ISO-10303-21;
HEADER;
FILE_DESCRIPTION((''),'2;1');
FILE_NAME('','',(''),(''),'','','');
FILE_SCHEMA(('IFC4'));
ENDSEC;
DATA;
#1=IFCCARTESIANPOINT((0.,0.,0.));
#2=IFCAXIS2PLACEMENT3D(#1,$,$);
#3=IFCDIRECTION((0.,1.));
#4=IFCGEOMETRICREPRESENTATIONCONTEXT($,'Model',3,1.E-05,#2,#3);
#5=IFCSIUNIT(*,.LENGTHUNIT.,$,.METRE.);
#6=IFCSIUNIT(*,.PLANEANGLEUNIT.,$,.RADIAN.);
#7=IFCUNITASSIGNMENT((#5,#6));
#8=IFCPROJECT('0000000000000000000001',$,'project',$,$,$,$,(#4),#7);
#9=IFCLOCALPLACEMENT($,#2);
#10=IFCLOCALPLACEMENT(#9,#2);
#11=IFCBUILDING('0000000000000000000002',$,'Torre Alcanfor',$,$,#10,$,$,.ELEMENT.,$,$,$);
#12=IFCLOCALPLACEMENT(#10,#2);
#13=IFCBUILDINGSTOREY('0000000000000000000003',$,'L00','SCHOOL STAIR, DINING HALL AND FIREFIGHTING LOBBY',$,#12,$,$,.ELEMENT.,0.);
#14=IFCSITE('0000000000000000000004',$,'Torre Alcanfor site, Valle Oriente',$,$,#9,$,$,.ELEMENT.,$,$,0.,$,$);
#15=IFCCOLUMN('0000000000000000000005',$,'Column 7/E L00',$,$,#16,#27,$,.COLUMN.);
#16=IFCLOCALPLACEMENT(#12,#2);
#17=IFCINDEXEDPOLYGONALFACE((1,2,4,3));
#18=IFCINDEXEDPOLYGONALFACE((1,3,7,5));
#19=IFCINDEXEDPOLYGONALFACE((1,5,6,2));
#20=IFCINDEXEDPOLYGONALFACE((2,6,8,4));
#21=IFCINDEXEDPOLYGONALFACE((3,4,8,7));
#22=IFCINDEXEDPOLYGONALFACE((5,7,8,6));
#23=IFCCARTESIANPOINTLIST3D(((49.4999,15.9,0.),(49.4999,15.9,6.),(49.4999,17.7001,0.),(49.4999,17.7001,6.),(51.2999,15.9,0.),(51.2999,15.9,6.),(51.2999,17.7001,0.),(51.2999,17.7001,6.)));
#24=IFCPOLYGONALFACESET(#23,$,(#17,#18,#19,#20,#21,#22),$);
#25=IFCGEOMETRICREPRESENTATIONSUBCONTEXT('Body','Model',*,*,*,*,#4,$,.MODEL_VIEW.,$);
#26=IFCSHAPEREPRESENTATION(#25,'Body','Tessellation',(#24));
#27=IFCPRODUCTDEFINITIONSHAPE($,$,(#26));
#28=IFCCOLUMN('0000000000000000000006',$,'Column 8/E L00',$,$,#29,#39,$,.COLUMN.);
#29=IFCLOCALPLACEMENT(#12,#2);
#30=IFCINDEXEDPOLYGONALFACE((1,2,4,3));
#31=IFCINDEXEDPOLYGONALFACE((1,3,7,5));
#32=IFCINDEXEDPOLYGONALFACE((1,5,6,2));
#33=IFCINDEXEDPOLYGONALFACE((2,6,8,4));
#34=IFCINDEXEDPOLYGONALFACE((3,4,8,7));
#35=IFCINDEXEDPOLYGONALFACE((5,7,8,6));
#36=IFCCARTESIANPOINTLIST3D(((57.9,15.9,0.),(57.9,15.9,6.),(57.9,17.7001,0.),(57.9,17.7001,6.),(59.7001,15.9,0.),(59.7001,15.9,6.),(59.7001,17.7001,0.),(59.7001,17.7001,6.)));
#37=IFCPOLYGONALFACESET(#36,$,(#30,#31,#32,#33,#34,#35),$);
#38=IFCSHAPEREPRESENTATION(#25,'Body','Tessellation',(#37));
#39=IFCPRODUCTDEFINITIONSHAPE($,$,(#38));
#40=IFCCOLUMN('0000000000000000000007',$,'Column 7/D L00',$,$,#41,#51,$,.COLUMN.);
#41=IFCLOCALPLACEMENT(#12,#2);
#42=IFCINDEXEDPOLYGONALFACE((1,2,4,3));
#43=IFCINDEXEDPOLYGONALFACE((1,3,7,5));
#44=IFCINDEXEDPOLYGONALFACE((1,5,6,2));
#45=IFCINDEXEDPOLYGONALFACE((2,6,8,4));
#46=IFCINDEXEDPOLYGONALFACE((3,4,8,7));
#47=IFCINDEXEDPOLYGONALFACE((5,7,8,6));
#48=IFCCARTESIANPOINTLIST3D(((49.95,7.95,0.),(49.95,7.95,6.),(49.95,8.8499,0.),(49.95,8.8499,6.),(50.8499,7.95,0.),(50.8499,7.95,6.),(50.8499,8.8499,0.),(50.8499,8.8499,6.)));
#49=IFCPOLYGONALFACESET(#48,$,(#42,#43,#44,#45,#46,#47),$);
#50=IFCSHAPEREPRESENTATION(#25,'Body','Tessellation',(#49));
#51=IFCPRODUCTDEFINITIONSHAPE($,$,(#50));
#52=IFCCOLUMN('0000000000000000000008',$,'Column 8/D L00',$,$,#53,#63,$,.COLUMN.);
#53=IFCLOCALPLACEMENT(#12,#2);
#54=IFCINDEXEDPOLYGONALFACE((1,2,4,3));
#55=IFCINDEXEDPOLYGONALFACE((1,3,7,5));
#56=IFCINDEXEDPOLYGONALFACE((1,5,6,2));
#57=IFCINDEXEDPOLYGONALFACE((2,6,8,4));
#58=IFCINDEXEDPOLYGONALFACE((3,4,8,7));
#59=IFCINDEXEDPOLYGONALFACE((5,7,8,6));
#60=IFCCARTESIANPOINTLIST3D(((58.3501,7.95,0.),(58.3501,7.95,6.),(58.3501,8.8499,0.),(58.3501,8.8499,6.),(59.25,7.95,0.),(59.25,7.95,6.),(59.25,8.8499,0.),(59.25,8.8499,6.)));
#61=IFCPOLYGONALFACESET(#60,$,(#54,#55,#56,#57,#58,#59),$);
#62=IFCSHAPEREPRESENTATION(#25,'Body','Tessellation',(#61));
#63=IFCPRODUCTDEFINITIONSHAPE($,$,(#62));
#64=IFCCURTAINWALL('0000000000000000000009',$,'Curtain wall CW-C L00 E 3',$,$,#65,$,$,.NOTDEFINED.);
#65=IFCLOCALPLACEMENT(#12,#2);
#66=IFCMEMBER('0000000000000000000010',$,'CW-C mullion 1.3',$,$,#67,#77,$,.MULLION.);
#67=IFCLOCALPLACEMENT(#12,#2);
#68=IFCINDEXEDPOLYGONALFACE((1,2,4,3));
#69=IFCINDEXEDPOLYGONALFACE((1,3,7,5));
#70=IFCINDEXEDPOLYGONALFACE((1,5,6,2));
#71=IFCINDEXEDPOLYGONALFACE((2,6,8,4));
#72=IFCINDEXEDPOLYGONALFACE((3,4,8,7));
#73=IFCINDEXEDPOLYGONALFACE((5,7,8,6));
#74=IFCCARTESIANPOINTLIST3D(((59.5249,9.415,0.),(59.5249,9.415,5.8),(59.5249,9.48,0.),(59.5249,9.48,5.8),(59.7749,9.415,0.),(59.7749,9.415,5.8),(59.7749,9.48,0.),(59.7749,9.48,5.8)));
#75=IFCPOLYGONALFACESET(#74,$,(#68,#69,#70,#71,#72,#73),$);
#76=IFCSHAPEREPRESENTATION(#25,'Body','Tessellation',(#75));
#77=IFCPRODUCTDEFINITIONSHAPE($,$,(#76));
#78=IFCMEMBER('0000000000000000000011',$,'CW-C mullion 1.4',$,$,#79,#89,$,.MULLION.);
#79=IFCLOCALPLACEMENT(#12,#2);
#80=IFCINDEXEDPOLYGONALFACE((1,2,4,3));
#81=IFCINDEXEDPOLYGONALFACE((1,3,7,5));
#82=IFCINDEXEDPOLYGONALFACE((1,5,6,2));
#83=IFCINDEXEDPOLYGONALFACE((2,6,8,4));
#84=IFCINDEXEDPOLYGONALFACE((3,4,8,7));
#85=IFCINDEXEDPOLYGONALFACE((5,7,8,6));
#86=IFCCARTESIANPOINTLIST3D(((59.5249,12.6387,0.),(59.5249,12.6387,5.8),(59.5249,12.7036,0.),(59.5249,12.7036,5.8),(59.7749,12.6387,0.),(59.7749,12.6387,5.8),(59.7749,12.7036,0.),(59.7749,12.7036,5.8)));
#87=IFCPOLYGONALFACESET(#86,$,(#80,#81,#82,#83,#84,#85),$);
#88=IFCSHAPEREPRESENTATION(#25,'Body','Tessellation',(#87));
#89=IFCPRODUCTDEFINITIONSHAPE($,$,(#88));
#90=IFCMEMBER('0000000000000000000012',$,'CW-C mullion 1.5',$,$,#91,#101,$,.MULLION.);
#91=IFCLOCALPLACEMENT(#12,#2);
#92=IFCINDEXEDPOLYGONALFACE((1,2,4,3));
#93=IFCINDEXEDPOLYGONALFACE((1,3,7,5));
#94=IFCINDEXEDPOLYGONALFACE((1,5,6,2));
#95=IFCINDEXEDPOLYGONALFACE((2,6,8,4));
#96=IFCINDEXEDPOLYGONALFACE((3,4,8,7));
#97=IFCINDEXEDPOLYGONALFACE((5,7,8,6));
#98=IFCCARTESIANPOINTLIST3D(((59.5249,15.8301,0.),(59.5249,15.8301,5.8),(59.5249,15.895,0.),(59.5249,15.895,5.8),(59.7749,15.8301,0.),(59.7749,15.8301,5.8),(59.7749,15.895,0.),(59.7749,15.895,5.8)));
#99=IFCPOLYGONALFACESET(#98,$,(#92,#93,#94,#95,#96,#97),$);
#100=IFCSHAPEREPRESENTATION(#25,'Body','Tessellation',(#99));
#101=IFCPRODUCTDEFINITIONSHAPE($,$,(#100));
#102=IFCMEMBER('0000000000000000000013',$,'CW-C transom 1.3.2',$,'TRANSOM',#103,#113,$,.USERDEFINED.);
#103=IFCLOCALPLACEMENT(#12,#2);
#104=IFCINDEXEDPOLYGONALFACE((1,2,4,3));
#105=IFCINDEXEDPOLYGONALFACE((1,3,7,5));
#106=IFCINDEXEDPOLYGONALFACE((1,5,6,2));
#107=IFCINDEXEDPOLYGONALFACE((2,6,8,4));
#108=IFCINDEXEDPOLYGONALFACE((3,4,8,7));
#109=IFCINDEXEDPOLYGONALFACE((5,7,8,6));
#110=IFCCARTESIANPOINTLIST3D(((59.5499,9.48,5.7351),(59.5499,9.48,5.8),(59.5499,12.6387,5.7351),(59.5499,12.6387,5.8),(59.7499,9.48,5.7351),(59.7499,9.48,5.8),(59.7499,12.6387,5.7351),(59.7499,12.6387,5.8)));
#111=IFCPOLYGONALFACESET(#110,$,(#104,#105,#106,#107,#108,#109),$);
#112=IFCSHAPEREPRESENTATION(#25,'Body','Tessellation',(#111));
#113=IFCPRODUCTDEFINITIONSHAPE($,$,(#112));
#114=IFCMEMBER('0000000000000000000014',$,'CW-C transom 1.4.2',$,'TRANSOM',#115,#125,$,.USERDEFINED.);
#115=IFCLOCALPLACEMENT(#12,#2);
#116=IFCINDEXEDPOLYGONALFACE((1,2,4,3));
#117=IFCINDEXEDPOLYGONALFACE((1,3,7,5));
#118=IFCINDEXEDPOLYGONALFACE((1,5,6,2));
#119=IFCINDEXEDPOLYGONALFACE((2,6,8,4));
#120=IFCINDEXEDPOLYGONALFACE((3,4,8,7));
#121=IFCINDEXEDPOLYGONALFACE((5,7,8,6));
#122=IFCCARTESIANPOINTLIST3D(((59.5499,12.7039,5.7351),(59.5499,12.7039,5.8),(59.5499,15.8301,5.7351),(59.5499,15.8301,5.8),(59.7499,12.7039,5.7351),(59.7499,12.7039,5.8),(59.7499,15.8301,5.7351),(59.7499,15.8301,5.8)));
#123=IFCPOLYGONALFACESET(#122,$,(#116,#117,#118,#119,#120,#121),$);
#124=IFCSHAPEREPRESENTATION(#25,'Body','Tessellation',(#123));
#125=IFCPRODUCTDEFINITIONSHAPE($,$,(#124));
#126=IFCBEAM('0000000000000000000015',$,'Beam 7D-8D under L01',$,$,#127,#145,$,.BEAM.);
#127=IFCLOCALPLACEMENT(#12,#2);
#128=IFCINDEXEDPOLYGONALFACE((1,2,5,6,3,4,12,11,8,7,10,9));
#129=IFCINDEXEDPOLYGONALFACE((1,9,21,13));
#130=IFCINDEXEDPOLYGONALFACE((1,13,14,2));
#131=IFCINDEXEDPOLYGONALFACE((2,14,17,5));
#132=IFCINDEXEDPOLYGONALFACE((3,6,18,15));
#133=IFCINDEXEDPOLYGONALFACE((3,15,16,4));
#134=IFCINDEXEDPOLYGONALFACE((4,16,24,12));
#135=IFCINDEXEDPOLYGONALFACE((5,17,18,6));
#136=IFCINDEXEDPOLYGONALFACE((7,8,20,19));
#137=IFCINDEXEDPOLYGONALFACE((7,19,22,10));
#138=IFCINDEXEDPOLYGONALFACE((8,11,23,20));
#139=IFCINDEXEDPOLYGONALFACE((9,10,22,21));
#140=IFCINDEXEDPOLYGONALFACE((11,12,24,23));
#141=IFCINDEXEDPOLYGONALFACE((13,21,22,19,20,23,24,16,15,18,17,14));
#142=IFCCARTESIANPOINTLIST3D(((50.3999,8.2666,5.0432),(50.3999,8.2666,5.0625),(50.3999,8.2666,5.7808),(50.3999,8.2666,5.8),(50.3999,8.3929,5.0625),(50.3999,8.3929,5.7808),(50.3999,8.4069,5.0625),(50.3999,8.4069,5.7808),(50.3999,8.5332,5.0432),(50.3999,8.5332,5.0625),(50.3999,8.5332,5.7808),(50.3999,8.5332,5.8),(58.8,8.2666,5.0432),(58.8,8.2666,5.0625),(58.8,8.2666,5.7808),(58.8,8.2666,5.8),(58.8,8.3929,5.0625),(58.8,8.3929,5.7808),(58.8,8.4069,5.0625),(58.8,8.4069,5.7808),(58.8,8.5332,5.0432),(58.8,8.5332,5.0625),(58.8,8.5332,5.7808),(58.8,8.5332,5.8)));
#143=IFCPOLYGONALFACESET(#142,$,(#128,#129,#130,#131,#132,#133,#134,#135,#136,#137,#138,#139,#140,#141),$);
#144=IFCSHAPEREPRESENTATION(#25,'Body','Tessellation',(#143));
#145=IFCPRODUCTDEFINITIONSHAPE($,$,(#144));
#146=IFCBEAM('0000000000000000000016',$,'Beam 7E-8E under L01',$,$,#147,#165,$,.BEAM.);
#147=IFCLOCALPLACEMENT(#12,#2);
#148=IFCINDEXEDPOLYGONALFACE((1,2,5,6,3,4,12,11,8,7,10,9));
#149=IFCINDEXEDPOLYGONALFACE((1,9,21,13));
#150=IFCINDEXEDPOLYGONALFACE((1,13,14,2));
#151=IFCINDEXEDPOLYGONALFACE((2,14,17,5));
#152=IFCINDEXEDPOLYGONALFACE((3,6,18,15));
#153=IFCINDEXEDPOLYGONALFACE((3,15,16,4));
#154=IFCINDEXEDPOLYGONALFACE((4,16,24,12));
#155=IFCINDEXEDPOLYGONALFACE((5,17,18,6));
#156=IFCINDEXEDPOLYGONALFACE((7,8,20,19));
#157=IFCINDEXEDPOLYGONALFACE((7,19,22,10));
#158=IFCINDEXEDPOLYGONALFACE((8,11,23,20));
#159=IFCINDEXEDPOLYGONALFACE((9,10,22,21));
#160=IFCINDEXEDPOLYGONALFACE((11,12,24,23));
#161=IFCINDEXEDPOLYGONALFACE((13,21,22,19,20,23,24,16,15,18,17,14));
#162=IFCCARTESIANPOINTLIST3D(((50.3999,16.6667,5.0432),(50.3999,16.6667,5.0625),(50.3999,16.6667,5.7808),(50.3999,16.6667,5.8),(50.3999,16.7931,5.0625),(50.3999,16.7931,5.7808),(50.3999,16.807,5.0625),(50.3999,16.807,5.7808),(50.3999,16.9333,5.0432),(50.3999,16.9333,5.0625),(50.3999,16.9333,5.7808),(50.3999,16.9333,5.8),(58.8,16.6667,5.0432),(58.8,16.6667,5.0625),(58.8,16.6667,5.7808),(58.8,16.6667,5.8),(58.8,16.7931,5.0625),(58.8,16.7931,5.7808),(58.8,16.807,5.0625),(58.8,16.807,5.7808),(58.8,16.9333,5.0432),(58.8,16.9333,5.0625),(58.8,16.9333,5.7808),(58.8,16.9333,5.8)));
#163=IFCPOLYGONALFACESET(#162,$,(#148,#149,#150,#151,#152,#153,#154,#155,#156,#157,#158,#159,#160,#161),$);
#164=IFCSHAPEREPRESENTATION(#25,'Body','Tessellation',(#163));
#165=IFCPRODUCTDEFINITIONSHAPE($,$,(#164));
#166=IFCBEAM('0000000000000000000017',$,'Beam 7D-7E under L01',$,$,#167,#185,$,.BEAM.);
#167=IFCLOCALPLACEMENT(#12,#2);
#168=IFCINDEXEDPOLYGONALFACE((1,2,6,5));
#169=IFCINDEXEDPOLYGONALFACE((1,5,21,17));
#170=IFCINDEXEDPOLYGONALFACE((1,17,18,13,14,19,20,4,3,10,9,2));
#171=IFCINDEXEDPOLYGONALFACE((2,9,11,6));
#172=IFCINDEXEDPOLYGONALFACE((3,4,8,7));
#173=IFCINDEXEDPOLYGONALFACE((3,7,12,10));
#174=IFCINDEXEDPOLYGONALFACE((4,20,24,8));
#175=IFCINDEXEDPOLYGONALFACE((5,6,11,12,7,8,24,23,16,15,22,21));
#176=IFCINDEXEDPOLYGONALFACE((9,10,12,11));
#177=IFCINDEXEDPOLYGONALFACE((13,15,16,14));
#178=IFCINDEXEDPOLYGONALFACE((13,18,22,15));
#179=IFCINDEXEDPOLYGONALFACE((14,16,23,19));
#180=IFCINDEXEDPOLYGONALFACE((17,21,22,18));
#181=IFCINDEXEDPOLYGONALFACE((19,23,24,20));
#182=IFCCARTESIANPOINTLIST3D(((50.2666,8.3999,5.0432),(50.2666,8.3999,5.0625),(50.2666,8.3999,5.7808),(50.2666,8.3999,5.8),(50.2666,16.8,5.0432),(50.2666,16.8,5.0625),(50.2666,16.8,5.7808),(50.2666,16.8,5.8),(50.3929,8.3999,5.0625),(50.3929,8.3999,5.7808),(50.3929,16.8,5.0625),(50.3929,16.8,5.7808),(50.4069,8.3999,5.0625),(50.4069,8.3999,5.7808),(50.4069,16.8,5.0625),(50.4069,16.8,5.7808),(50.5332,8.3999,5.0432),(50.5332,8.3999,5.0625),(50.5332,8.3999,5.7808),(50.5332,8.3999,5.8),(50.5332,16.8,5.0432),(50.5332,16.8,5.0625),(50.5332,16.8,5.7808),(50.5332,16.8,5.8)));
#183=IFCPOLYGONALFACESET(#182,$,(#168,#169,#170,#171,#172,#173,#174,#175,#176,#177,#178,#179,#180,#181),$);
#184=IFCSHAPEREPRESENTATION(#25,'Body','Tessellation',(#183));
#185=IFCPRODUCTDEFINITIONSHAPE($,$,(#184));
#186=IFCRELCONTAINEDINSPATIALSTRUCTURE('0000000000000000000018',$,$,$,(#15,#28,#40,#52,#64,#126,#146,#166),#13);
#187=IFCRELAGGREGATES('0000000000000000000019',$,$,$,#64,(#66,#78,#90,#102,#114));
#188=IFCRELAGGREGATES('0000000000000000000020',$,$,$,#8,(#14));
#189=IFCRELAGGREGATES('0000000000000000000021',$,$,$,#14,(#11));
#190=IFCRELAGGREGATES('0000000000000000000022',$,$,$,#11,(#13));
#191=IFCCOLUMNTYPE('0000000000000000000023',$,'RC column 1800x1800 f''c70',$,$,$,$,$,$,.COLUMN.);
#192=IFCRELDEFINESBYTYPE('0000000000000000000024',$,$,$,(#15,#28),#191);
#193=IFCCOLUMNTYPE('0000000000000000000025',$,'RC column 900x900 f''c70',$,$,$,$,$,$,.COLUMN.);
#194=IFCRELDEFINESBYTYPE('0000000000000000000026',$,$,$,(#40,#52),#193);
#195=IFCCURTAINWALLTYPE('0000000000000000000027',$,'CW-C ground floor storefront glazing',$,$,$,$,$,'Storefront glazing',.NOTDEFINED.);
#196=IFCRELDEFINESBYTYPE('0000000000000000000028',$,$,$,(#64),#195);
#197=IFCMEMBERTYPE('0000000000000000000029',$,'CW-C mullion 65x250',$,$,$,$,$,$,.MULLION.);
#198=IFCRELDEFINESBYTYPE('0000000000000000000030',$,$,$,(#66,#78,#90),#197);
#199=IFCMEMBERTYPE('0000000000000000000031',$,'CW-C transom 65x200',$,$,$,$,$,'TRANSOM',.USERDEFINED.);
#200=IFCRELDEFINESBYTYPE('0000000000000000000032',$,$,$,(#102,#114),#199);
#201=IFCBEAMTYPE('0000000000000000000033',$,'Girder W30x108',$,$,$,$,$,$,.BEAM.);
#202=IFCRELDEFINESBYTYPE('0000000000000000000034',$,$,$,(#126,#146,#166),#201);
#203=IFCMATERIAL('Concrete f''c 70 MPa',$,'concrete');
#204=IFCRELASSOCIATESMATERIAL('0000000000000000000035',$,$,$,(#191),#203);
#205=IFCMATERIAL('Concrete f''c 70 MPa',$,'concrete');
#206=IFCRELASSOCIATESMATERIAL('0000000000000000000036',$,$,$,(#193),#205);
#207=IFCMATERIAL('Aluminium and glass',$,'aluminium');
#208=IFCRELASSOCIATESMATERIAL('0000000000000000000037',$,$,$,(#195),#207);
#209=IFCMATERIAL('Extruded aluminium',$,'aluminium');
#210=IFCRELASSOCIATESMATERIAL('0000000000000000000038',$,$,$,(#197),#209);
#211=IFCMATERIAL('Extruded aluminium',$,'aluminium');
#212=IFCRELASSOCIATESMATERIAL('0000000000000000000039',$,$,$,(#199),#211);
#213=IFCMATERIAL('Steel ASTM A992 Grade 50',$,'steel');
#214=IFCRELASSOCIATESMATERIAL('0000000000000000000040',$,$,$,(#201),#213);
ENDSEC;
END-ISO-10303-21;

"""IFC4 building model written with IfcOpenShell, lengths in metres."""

from ifc_helpers import new_model, si_unit, direction, frame, origin, origin_2d, place, context, subcontext, project, spatial, rectangle, i_section, extrude, material, material_profile, profile_set, type_object, element, aggregate, save


model = new_model("IFC4")

# Units and contexts
model_context = context("Model", 3, precision=1e-05, world=origin(), true_north=direction((0.0, 1.0)))
body_context = subcontext(model_context, "Body", "Model", "MODEL_VIEW")
ifc_project = project(units=[si_unit("LENGTHUNIT", "METRE"), si_unit("PLANEANGLEUNIT", "RADIAN")], contexts=[model_context])

# Site, building, storey
site_placement = place(None, origin())
site = spatial("IfcSite", under=ifc_project, at=site_placement, Name="Torre Alcanfor site, Valle Oriente", CompositionType="ELEMENT", RefElevation=0.0)
building_placement = place(site_placement, origin())
building = spatial("IfcBuilding", under=site, at=building_placement, Name="Torre Alcanfor", CompositionType="ELEMENT")
storey_placement = place(building_placement, origin())
storey = spatial("IfcBuildingStorey", under=building, at=storey_placement, Name="L00", Description="SCHOOL STAIR, DINING HALL AND FIREFIGHTING LOBBY", CompositionType="ELEMENT", Elevation=0.0)

# Columns
ifc_material_1 = material(Name="Concrete f'c 70 MPa", Category="concrete")
ifc_material_profile_1 = material_profile(ifc_material_1, rectangle(XDim=1.8, YDim=1.8, at=origin_2d()), Name="1800x1800")
ifc_profile_set_1 = profile_set([ifc_material_profile_1], Name="Concrete f'c 70 MPa")
column_type_1 = type_object("IfcColumnType", Name="RC column 1800x1800 f'c70", PredefinedType="COLUMN", material=ifc_profile_set_1)
for number, where, z_axis, x_axis, name in (
    (1, (50.3999, 16.8, 0.0), (0.0, 0.0, 1.0), (1.0, 0.0, 0.0), "Column 7/E L00"),
    (2, (58.8, 16.8, 0.0), (0.0, 0.0, 1.0), (1.0, 0.0, 0.0), "Column 8/E L00"),
):
    element("IfcColumn", number, at=place(storey_placement, frame(where, z_axis=z_axis, x_axis=x_axis)), inside=storey, type_object=column_type_1, Name=name, PredefinedType="COLUMN", context=body_context, shape_type="SweptSolid", body=[
        extrude(rectangle(XDim=1.8, YDim=1.8, at=origin_2d()), origin(), (0.0, 0.0, 1.0), 6.0),
    ])
ifc_material_2 = material(Name="Concrete f'c 70 MPa", Category="concrete")
ifc_material_profile_2 = material_profile(ifc_material_2, rectangle(XDim=0.8999, YDim=0.8999, at=origin_2d()), Name="900x900")
ifc_profile_set_2 = profile_set([ifc_material_profile_2], Name="Concrete f'c 70 MPa")
column_type_2 = type_object("IfcColumnType", Name="RC column 900x900 f'c70", PredefinedType="COLUMN", material=ifc_profile_set_2)
for number, where, z_axis, x_axis, name in (
    (3, (50.3999, 8.3999, 0.0), (0.0, 0.0, 1.0), (1.0, 0.0, 0.0), "Column 7/D L00"),
    (4, (58.8, 8.3999, 0.0), (0.0, 0.0, 1.0), (1.0, 0.0, 0.0), "Column 8/D L00"),
):
    element("IfcColumn", number, at=place(storey_placement, frame(where, z_axis=z_axis, x_axis=x_axis)), inside=storey, type_object=column_type_2, Name=name, PredefinedType="COLUMN", context=body_context, shape_type="SweptSolid", body=[
        extrude(rectangle(XDim=0.8999, YDim=0.8999, at=origin_2d()), origin(), (0.0, 0.0, 1.0), 6.0),
    ])

# Curtain wall, members
ifc_material_3 = material(Name="Aluminium and glass", Category="aluminium")
curtain_wall_type = type_object("IfcCurtainWallType", Name="CW-C ground floor storefront glazing", ElementType="Storefront glazing", PredefinedType="NOTDEFINED", material=ifc_material_3)
curtain_wall_placement = place(storey_placement, origin())
curtain_wall = element("IfcCurtainWall", 5, at=curtain_wall_placement, inside=storey, type_object=curtain_wall_type, Name="Curtain wall CW-C L00 E 3", PredefinedType="NOTDEFINED")
ifc_material_4 = material(Name="Extruded aluminium", Category="aluminium")
ifc_material_profile_3 = material_profile(ifc_material_4, rectangle(XDim=0.25, YDim=0.0649, at=origin_2d()), Name="CW-C mullion 65x250")
ifc_profile_set_3 = profile_set([ifc_material_profile_3], Name="Extruded aluminium")
member_type_1 = type_object("IfcMemberType", Name="CW-C mullion 65x250", PredefinedType="MULLION", material=ifc_profile_set_3)
member_1_placement = place(storey_placement, frame((59.6499, 9.4475, 0.0), z_axis=(0.0, 0.0, 1.0), x_axis=(-1.0, 0.0, 0.0)))
member_1 = element("IfcMember", 6, at=member_1_placement, type_object=member_type_1, Name="CW-C mullion 1.3", PredefinedType="MULLION", context=body_context, shape_type="SweptSolid", body=[
    extrude(rectangle(XDim=0.25, YDim=0.0649, at=origin_2d()), origin(), (0.0, 0.0, 1.0), 5.8),
])
member_2_placement = place(storey_placement, frame((59.6499, 12.6711, 0.0), z_axis=(0.0, 0.0, 1.0), x_axis=(-1.0, 0.0, 0.0)))
member_2 = element("IfcMember", 7, at=member_2_placement, type_object=member_type_1, Name="CW-C mullion 1.4", PredefinedType="MULLION", context=body_context, shape_type="SweptSolid", body=[
    extrude(rectangle(XDim=0.25, YDim=0.0649, at=origin_2d()), origin(), (0.0, 0.0, 1.0), 5.8),
])
member_3_placement = place(storey_placement, frame((59.6499, 15.8625, 0.0), z_axis=(0.0, 0.0, 1.0), x_axis=(-1.0, 0.0, 0.0)))
member_3 = element("IfcMember", 8, at=member_3_placement, type_object=member_type_1, Name="CW-C mullion 1.5", PredefinedType="MULLION", context=body_context, shape_type="SweptSolid", body=[
    extrude(rectangle(XDim=0.25, YDim=0.0649, at=origin_2d()), origin(), (0.0, 0.0, 1.0), 5.8),
])
ifc_material_5 = material(Name="Extruded aluminium", Category="aluminium")
ifc_material_profile_4 = material_profile(ifc_material_5, rectangle(XDim=0.2, YDim=0.0649, at=origin_2d()), Name="CW-C transom 200x65")
ifc_profile_set_4 = profile_set([ifc_material_profile_4], Name="Extruded aluminium")
member_type_2 = type_object("IfcMemberType", Name="CW-C transom 65x200", ElementType="TRANSOM", PredefinedType="USERDEFINED", material=ifc_profile_set_4)
member_4_placement = place(storey_placement, frame((59.6499, 9.48, 5.7676), z_axis=(0.0, 1.0, 0.0), x_axis=(-1.0, 0.0, 0.0)))
member_4 = element("IfcMember", 9, at=member_4_placement, type_object=member_type_2, Name="CW-C transom 1.3.2", ObjectType="TRANSOM", PredefinedType="USERDEFINED", context=body_context, shape_type="SweptSolid", body=[
    extrude(rectangle(XDim=0.2, YDim=0.0649, at=origin_2d()), origin(), (0.0, 0.0, 1.0), 3.1587),
])
member_5_placement = place(storey_placement, frame((59.6499, 12.7039, 5.7676), z_axis=(0.0, 1.0, 0.0), x_axis=(-1.0, 0.0, 0.0)))
member_5 = element("IfcMember", 10, at=member_5_placement, type_object=member_type_2, Name="CW-C transom 1.4.2", ObjectType="TRANSOM", PredefinedType="USERDEFINED", context=body_context, shape_type="SweptSolid", body=[
    extrude(rectangle(XDim=0.2, YDim=0.0649, at=origin_2d()), origin(), (0.0, 0.0, 1.0), 3.1262),
])

# Beams
ifc_material_6 = material(Name="Steel ASTM A992 Grade 50", Category="steel")
ifc_material_profile_5 = material_profile(ifc_material_6, i_section(OverallWidth=0.2666, OverallDepth=0.7568, WebThickness=0.0139, FlangeThickness=0.0193, at=origin_2d()), Name="W30x108")
ifc_profile_set_5 = profile_set([ifc_material_profile_5], Name="Steel ASTM A992 Grade 50")
beam_type_1 = type_object("IfcBeamType", Name="Girder W30x108", PredefinedType="BEAM", material=ifc_profile_set_5)
for number, where, z_axis, x_axis, name in (
    (11, (50.3999, 8.3999, 5.4216), (1.0, 0.0, 0.0), (0.0, 1.0, 0.0), "Beam 7D-8D under L01"),
    (12, (50.3999, 16.8, 5.4216), (1.0, 0.0, 0.0), (0.0, 1.0, 0.0), "Beam 7E-8E under L01"),
    (13, (50.3999, 8.3999, 5.4216), (0.0, 1.0, 0.0), (-1.0, 0.0, 0.0), "Beam 7D-7E under L01"),
):
    element("IfcBeam", number, at=place(storey_placement, frame(where, z_axis=z_axis, x_axis=x_axis)), inside=storey, type_object=beam_type_1, Name=name, PredefinedType="BEAM", context=body_context, shape_type="SweptSolid", body=[
        extrude(i_section(OverallWidth=0.2666, OverallDepth=0.7568, WebThickness=0.0139, FlangeThickness=0.0193, at=origin_2d()), origin(), (0.0, 0.0, 1.0), 8.4001),
    ])

aggregate(curtain_wall, [member_1, member_2, member_3, member_4, member_5])

save(model, "model.ifc")
